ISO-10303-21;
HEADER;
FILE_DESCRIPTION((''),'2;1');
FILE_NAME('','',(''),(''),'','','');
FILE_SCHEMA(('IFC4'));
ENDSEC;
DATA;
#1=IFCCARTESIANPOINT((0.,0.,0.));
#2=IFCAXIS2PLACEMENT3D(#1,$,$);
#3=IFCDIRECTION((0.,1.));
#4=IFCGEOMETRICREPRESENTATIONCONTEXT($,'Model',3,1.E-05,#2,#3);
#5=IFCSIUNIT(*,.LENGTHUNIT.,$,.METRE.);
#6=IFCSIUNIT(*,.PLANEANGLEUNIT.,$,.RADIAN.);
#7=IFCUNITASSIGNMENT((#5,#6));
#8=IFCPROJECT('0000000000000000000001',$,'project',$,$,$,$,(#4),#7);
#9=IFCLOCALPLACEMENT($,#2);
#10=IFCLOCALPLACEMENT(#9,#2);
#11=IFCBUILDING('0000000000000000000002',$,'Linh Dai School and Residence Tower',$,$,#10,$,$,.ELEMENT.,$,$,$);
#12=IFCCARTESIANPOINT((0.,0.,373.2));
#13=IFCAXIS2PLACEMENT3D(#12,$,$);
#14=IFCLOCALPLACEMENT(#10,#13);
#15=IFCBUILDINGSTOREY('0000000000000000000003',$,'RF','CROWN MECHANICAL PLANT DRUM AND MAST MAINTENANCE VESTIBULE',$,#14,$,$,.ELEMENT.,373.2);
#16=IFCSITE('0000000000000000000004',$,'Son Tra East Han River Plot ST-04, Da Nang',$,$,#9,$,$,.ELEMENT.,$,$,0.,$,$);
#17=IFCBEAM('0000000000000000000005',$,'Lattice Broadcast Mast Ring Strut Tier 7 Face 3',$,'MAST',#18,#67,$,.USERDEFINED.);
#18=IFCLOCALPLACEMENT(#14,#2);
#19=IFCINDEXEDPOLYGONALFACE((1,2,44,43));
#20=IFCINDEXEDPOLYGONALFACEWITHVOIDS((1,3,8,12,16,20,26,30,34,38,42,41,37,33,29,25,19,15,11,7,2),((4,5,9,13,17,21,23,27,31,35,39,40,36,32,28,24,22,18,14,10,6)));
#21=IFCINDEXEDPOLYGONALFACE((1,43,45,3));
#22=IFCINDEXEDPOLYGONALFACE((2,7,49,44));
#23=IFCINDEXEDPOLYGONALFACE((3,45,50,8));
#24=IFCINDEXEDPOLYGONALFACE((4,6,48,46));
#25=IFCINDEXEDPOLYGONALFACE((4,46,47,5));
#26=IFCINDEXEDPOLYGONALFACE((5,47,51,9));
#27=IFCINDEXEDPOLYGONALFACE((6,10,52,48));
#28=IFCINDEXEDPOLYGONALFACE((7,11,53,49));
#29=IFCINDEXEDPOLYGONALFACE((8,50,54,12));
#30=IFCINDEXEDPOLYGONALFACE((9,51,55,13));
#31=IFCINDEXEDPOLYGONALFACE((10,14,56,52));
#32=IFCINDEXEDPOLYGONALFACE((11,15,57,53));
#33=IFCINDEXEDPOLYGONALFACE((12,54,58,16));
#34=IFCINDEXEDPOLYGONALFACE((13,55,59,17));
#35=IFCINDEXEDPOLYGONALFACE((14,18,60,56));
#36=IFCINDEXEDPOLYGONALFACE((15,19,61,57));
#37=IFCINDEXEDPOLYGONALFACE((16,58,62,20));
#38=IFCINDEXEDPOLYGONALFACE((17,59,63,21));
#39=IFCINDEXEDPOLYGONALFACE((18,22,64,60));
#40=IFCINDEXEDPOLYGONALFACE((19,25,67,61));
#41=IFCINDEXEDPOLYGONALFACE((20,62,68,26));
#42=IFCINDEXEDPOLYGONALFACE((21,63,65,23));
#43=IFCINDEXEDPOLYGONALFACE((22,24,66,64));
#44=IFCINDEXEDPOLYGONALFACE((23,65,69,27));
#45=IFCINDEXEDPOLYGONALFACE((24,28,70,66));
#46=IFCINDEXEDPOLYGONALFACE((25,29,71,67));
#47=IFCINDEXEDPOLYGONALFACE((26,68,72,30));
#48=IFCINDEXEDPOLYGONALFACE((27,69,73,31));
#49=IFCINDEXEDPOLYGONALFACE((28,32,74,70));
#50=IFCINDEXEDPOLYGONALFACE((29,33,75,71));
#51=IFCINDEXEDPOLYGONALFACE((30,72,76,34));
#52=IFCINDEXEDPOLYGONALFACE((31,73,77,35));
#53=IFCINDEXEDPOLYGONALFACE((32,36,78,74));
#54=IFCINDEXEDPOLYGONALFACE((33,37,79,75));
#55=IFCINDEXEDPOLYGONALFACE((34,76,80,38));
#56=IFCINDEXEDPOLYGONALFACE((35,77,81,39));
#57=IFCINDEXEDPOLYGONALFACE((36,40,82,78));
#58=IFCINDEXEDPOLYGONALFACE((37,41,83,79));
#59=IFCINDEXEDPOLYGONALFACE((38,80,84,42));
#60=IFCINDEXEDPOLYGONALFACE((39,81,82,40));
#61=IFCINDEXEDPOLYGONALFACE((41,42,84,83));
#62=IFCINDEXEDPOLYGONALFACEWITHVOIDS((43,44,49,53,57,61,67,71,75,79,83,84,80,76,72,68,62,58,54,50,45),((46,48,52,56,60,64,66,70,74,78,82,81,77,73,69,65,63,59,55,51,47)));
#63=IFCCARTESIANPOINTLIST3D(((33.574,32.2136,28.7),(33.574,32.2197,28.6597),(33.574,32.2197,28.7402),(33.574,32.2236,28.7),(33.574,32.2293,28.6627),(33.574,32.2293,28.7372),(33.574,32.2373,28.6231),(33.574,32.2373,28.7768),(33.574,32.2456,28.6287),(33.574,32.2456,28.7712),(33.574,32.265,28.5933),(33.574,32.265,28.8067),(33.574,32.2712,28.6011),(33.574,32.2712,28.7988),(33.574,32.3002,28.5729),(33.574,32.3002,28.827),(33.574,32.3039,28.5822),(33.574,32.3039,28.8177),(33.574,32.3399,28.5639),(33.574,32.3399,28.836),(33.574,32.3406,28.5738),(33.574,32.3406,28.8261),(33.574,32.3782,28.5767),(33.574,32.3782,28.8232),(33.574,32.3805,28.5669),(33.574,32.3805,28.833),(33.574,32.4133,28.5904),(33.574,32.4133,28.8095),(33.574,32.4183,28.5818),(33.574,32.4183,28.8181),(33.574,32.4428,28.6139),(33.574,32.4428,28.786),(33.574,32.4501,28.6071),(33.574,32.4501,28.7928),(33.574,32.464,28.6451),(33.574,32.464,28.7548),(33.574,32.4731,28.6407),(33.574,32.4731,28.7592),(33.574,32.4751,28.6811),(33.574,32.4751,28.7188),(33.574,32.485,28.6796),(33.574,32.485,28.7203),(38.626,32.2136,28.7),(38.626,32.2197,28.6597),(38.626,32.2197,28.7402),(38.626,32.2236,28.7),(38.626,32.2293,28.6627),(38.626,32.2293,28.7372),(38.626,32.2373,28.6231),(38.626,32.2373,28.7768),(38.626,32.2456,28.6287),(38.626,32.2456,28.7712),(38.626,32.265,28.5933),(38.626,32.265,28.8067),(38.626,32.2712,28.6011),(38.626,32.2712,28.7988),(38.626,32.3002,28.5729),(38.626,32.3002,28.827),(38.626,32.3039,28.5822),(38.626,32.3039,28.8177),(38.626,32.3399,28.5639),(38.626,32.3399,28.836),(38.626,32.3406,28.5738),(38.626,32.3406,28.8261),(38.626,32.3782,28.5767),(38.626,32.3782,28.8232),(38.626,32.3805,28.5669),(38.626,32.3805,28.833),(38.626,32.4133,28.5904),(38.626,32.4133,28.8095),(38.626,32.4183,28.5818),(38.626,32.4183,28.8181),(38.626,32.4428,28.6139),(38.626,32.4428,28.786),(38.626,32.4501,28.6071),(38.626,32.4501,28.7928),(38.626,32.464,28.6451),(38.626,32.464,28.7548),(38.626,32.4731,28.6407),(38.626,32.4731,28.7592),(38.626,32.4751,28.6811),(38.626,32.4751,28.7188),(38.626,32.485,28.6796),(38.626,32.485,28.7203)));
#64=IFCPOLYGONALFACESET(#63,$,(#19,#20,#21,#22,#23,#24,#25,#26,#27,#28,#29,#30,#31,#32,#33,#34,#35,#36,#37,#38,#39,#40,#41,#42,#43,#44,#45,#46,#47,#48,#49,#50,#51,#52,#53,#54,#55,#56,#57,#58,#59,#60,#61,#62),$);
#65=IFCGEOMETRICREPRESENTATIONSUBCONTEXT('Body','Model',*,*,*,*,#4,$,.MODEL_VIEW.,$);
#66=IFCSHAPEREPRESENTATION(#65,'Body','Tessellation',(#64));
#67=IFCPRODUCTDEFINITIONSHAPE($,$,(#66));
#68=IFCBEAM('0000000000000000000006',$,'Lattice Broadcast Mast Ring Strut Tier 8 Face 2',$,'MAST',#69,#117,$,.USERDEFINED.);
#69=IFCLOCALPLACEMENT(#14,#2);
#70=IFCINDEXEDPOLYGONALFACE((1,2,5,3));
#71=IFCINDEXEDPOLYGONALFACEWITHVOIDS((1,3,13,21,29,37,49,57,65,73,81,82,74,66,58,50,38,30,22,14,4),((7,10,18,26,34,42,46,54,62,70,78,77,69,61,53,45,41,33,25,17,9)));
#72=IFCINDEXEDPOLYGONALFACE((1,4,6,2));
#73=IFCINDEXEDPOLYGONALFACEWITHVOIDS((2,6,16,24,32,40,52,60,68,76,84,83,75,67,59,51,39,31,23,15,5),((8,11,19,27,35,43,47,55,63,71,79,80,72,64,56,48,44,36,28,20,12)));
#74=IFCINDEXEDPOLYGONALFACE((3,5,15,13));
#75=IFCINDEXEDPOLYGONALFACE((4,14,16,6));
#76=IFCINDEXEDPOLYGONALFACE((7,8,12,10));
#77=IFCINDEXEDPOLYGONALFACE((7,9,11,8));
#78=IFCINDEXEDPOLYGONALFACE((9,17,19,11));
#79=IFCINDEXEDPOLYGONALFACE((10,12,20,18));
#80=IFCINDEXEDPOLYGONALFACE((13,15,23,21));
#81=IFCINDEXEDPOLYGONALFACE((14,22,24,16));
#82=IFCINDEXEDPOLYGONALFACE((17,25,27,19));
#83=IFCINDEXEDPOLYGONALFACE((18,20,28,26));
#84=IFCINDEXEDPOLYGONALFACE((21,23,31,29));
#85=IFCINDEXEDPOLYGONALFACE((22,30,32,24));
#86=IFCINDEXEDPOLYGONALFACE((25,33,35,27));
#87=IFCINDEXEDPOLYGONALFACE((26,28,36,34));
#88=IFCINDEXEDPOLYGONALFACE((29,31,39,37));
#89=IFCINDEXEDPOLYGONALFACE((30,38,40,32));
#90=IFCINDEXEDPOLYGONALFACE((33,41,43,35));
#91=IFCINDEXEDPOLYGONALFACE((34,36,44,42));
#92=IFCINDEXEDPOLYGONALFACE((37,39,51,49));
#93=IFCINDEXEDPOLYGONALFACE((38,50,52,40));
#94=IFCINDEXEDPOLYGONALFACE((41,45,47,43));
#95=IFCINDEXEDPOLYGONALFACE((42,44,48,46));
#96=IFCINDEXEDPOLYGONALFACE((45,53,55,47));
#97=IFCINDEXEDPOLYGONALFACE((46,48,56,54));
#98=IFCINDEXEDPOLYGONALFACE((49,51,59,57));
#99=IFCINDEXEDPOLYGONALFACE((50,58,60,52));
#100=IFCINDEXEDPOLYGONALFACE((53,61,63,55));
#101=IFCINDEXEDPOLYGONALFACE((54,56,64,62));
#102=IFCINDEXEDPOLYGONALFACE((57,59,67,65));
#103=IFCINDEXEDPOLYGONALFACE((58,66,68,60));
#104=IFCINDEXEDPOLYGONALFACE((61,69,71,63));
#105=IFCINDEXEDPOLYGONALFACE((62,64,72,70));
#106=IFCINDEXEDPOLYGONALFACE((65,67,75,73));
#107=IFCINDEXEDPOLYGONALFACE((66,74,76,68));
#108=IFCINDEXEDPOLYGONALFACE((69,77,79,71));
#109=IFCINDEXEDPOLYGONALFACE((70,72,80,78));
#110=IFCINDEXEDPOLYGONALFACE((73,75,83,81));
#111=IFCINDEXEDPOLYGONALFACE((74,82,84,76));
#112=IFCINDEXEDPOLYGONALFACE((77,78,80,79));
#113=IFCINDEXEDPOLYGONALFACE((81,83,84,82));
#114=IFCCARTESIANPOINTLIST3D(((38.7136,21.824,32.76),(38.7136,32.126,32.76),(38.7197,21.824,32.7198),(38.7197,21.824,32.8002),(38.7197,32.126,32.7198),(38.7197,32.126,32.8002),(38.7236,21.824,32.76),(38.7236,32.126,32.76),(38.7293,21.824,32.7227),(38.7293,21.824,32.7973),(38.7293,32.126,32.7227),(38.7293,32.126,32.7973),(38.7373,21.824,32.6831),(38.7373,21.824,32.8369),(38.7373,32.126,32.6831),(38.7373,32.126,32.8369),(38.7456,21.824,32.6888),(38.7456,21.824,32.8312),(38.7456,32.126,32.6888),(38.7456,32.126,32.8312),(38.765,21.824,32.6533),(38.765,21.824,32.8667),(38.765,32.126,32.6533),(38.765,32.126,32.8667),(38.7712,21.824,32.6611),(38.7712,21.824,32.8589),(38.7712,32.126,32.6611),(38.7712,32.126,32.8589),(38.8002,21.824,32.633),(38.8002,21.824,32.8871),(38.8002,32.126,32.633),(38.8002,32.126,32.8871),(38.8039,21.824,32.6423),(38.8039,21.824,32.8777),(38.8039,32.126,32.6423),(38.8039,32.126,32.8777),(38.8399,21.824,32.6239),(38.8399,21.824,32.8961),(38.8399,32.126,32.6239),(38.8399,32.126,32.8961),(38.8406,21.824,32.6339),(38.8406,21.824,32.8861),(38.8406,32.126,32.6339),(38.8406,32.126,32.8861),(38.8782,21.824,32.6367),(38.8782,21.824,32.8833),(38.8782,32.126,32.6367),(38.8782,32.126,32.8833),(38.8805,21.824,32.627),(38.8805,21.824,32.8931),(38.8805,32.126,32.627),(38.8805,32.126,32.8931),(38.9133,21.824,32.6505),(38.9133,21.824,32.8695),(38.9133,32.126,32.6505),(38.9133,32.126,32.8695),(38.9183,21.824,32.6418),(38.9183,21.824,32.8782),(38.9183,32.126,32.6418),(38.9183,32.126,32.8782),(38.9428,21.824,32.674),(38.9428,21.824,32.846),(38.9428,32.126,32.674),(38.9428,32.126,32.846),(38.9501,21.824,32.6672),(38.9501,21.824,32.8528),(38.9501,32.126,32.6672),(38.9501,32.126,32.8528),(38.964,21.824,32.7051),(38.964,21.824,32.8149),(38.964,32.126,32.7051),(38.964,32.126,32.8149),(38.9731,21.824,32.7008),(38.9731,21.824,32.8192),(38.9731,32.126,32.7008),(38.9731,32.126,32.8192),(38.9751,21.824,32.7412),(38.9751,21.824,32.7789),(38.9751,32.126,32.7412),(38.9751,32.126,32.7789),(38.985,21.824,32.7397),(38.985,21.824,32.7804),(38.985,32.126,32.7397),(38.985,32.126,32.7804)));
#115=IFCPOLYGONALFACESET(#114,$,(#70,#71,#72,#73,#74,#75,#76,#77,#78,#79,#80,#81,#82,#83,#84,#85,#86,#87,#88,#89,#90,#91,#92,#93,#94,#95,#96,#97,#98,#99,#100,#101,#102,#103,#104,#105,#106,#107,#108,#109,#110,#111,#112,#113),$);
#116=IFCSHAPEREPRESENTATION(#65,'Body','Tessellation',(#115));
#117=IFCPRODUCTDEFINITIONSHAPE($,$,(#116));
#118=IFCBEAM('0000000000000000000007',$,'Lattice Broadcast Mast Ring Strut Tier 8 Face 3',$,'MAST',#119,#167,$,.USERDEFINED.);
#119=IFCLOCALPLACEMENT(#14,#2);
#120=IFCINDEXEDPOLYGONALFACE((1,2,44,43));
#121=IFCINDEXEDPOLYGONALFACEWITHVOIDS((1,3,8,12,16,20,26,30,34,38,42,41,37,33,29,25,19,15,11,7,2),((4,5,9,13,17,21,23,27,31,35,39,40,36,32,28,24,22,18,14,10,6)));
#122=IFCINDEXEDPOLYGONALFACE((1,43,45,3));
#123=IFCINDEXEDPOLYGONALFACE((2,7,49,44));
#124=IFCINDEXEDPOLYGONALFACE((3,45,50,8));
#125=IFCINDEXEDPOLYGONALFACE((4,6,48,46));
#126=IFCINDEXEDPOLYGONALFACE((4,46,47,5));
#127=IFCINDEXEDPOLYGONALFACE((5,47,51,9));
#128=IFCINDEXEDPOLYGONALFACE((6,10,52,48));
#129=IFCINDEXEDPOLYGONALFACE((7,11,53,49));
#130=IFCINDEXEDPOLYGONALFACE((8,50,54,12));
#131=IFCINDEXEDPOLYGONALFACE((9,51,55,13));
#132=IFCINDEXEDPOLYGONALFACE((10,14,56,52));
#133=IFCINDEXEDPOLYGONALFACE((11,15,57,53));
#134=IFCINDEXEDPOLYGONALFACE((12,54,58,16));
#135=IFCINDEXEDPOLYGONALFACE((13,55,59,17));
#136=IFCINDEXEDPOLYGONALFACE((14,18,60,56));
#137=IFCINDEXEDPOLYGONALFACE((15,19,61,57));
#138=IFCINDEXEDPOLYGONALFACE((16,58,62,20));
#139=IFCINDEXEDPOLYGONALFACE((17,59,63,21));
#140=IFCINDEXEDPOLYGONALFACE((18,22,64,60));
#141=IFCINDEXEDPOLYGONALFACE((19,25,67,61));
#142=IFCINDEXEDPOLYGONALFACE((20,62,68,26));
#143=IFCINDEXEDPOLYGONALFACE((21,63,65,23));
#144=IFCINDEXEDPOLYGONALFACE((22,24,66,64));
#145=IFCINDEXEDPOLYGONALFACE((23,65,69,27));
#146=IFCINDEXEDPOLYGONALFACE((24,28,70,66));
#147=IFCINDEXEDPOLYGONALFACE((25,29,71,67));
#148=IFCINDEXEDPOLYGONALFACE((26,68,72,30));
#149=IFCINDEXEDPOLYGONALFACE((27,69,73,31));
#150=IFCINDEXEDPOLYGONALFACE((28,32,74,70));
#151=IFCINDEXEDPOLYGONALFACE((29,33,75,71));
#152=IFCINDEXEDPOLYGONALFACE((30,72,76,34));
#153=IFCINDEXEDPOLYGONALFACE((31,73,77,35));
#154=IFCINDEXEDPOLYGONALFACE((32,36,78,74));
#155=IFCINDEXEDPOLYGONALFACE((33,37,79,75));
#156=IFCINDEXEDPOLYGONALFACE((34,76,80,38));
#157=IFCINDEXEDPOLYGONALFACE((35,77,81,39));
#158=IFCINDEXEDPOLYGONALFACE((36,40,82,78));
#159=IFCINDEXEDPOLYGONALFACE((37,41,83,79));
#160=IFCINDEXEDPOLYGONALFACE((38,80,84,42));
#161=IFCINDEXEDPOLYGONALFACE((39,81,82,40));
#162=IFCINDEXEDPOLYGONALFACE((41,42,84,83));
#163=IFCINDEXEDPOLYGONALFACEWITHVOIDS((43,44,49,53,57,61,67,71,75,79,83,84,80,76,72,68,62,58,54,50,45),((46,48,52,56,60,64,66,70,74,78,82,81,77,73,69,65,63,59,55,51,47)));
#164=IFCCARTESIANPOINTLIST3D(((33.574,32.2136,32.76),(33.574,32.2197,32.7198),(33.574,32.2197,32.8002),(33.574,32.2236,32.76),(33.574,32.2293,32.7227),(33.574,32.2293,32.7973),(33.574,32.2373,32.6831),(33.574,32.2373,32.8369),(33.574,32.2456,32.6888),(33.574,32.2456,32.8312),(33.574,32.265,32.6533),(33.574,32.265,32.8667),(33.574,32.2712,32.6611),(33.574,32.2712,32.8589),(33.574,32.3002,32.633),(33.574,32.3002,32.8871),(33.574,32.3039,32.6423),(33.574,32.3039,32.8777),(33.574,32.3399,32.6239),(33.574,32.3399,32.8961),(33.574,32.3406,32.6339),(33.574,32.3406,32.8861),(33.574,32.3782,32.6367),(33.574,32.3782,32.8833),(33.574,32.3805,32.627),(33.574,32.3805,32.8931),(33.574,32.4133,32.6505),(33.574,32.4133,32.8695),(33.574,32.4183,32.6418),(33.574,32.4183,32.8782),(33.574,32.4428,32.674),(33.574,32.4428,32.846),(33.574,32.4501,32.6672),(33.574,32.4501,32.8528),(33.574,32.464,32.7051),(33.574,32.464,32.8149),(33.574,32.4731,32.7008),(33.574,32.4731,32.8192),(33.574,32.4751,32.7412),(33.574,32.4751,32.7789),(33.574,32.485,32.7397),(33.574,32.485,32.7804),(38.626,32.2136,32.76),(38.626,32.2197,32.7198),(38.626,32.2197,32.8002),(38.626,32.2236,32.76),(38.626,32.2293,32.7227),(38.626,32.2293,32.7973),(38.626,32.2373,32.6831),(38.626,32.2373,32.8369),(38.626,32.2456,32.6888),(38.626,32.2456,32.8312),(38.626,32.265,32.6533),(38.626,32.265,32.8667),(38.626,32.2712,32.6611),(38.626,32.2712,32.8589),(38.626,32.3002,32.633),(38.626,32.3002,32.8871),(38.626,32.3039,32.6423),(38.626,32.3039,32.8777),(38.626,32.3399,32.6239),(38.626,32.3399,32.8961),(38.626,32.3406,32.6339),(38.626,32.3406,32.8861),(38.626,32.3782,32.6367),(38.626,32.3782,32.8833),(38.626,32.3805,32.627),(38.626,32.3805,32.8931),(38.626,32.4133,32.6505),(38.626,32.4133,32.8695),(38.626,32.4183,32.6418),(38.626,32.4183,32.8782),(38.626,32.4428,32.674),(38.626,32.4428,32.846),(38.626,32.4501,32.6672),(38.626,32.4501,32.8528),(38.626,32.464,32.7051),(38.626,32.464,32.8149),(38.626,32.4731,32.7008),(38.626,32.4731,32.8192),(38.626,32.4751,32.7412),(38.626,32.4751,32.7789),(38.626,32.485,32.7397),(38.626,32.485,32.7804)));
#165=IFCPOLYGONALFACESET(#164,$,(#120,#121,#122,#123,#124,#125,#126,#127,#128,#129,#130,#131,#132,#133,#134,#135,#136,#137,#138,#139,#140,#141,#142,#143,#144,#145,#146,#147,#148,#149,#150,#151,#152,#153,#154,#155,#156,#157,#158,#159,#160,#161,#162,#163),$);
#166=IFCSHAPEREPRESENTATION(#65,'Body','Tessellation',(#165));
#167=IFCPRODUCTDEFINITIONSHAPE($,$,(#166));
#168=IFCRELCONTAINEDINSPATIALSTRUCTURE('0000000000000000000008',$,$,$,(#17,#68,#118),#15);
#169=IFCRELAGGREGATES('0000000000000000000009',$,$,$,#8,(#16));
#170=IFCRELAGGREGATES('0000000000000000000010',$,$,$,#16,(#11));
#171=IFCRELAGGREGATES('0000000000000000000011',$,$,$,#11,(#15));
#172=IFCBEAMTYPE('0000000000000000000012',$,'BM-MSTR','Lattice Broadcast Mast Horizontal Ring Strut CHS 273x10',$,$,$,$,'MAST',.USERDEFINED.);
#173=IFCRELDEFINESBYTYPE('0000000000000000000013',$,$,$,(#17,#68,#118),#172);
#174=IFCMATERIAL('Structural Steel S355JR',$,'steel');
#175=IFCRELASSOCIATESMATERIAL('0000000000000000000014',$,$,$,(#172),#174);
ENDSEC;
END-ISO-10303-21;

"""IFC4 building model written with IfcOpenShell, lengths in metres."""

from ifc_helpers import new_model, si_unit, direction, frame, origin, origin_2d, place, context, subcontext, project, spatial, hollow_circle, extrude, material, material_profile, profile_set, type_object, element, save


model = new_model("IFC4")

# Units and contexts
model_context = context("Model", 3, precision=1e-05, world=origin(), true_north=direction((0.0, 1.0)))
body_context = subcontext(model_context, "Body", "Model", "MODEL_VIEW")
ifc_project = project(units=[si_unit("LENGTHUNIT", "METRE"), si_unit("PLANEANGLEUNIT", "RADIAN")], contexts=[model_context])

# Site, building, storey
site_placement = place(None, origin())
site = spatial("IfcSite", under=ifc_project, at=site_placement, Name="Son Tra East Han River Plot ST-04, Da Nang", CompositionType="ELEMENT", RefElevation=0.0)
building_placement = place(site_placement, origin())
building = spatial("IfcBuilding", under=site, at=building_placement, Name="Linh Dai School and Residence Tower", CompositionType="ELEMENT")
storey_placement = place(building_placement, frame((0.0, 0.0, 373.2)))
storey = spatial("IfcBuildingStorey", under=building, at=storey_placement, Name="RF", Description="CROWN MECHANICAL PLANT DRUM AND MAST MAINTENANCE VESTIBULE", CompositionType="ELEMENT", Elevation=373.2)

# Beams
ifc_material = material(Name="Structural Steel S355JR", Category="steel")
ifc_material_profile_1 = material_profile(ifc_material, hollow_circle(Radius=0.1365, WallThickness=0.01, at=origin_2d()), Name="CHS 273x10")
ifc_profile_set_1 = profile_set([ifc_material_profile_1], Name="Structural Steel S355JR")
beam_type = type_object("IfcBeamType", Name="BM-MSTR", Description="Lattice Broadcast Mast Horizontal Ring Strut CHS 273x10", ElementType="MAST", PredefinedType="USERDEFINED", material=ifc_profile_set_1)
beam_1_placement = place(storey_placement, frame((38.626, 32.3501, 28.7), z_axis=(-1.0, 0.0, 0.0), x_axis=(0.0, -1.0, 0.0)))
element("IfcBeam", 1, at=beam_1_placement, inside=storey, type_object=beam_type, Name="Lattice Broadcast Mast Ring Strut Tier 7 Face 3", ObjectType="MAST", PredefinedType="USERDEFINED", context=body_context, shape_type="SweptSolid", body=[
    extrude(hollow_circle(Radius=0.1365, WallThickness=0.01, at=origin_2d()), origin(), (0.0, 0.0, 1.0), 5.052),
])
beam_2_placement = place(storey_placement, frame((38.8501, 21.824, 32.76), z_axis=(0.0, 1.0, 0.0), x_axis=(-1.0, 0.0, 0.0)))
element("IfcBeam", 2, at=beam_2_placement, inside=storey, type_object=beam_type, Name="Lattice Broadcast Mast Ring Strut Tier 8 Face 2", ObjectType="MAST", PredefinedType="USERDEFINED", context=body_context, shape_type="SweptSolid", body=[
    extrude(hollow_circle(Radius=0.1365, WallThickness=0.01, at=origin_2d()), origin(), (0.0, 0.0, 1.0), 10.302),
])
beam_3_placement = place(storey_placement, frame((38.626, 32.3501, 32.76), z_axis=(-1.0, 0.0, 0.0), x_axis=(0.0, -1.0, 0.0)))
element("IfcBeam", 3, at=beam_3_placement, inside=storey, type_object=beam_type, Name="Lattice Broadcast Mast Ring Strut Tier 8 Face 3", ObjectType="MAST", PredefinedType="USERDEFINED", context=body_context, shape_type="SweptSolid", body=[
    extrude(hollow_circle(Radius=0.1365, WallThickness=0.01, at=origin_2d()), origin(), (0.0, 0.0, 1.0), 5.052),
])

save(model, "model.ifc")
